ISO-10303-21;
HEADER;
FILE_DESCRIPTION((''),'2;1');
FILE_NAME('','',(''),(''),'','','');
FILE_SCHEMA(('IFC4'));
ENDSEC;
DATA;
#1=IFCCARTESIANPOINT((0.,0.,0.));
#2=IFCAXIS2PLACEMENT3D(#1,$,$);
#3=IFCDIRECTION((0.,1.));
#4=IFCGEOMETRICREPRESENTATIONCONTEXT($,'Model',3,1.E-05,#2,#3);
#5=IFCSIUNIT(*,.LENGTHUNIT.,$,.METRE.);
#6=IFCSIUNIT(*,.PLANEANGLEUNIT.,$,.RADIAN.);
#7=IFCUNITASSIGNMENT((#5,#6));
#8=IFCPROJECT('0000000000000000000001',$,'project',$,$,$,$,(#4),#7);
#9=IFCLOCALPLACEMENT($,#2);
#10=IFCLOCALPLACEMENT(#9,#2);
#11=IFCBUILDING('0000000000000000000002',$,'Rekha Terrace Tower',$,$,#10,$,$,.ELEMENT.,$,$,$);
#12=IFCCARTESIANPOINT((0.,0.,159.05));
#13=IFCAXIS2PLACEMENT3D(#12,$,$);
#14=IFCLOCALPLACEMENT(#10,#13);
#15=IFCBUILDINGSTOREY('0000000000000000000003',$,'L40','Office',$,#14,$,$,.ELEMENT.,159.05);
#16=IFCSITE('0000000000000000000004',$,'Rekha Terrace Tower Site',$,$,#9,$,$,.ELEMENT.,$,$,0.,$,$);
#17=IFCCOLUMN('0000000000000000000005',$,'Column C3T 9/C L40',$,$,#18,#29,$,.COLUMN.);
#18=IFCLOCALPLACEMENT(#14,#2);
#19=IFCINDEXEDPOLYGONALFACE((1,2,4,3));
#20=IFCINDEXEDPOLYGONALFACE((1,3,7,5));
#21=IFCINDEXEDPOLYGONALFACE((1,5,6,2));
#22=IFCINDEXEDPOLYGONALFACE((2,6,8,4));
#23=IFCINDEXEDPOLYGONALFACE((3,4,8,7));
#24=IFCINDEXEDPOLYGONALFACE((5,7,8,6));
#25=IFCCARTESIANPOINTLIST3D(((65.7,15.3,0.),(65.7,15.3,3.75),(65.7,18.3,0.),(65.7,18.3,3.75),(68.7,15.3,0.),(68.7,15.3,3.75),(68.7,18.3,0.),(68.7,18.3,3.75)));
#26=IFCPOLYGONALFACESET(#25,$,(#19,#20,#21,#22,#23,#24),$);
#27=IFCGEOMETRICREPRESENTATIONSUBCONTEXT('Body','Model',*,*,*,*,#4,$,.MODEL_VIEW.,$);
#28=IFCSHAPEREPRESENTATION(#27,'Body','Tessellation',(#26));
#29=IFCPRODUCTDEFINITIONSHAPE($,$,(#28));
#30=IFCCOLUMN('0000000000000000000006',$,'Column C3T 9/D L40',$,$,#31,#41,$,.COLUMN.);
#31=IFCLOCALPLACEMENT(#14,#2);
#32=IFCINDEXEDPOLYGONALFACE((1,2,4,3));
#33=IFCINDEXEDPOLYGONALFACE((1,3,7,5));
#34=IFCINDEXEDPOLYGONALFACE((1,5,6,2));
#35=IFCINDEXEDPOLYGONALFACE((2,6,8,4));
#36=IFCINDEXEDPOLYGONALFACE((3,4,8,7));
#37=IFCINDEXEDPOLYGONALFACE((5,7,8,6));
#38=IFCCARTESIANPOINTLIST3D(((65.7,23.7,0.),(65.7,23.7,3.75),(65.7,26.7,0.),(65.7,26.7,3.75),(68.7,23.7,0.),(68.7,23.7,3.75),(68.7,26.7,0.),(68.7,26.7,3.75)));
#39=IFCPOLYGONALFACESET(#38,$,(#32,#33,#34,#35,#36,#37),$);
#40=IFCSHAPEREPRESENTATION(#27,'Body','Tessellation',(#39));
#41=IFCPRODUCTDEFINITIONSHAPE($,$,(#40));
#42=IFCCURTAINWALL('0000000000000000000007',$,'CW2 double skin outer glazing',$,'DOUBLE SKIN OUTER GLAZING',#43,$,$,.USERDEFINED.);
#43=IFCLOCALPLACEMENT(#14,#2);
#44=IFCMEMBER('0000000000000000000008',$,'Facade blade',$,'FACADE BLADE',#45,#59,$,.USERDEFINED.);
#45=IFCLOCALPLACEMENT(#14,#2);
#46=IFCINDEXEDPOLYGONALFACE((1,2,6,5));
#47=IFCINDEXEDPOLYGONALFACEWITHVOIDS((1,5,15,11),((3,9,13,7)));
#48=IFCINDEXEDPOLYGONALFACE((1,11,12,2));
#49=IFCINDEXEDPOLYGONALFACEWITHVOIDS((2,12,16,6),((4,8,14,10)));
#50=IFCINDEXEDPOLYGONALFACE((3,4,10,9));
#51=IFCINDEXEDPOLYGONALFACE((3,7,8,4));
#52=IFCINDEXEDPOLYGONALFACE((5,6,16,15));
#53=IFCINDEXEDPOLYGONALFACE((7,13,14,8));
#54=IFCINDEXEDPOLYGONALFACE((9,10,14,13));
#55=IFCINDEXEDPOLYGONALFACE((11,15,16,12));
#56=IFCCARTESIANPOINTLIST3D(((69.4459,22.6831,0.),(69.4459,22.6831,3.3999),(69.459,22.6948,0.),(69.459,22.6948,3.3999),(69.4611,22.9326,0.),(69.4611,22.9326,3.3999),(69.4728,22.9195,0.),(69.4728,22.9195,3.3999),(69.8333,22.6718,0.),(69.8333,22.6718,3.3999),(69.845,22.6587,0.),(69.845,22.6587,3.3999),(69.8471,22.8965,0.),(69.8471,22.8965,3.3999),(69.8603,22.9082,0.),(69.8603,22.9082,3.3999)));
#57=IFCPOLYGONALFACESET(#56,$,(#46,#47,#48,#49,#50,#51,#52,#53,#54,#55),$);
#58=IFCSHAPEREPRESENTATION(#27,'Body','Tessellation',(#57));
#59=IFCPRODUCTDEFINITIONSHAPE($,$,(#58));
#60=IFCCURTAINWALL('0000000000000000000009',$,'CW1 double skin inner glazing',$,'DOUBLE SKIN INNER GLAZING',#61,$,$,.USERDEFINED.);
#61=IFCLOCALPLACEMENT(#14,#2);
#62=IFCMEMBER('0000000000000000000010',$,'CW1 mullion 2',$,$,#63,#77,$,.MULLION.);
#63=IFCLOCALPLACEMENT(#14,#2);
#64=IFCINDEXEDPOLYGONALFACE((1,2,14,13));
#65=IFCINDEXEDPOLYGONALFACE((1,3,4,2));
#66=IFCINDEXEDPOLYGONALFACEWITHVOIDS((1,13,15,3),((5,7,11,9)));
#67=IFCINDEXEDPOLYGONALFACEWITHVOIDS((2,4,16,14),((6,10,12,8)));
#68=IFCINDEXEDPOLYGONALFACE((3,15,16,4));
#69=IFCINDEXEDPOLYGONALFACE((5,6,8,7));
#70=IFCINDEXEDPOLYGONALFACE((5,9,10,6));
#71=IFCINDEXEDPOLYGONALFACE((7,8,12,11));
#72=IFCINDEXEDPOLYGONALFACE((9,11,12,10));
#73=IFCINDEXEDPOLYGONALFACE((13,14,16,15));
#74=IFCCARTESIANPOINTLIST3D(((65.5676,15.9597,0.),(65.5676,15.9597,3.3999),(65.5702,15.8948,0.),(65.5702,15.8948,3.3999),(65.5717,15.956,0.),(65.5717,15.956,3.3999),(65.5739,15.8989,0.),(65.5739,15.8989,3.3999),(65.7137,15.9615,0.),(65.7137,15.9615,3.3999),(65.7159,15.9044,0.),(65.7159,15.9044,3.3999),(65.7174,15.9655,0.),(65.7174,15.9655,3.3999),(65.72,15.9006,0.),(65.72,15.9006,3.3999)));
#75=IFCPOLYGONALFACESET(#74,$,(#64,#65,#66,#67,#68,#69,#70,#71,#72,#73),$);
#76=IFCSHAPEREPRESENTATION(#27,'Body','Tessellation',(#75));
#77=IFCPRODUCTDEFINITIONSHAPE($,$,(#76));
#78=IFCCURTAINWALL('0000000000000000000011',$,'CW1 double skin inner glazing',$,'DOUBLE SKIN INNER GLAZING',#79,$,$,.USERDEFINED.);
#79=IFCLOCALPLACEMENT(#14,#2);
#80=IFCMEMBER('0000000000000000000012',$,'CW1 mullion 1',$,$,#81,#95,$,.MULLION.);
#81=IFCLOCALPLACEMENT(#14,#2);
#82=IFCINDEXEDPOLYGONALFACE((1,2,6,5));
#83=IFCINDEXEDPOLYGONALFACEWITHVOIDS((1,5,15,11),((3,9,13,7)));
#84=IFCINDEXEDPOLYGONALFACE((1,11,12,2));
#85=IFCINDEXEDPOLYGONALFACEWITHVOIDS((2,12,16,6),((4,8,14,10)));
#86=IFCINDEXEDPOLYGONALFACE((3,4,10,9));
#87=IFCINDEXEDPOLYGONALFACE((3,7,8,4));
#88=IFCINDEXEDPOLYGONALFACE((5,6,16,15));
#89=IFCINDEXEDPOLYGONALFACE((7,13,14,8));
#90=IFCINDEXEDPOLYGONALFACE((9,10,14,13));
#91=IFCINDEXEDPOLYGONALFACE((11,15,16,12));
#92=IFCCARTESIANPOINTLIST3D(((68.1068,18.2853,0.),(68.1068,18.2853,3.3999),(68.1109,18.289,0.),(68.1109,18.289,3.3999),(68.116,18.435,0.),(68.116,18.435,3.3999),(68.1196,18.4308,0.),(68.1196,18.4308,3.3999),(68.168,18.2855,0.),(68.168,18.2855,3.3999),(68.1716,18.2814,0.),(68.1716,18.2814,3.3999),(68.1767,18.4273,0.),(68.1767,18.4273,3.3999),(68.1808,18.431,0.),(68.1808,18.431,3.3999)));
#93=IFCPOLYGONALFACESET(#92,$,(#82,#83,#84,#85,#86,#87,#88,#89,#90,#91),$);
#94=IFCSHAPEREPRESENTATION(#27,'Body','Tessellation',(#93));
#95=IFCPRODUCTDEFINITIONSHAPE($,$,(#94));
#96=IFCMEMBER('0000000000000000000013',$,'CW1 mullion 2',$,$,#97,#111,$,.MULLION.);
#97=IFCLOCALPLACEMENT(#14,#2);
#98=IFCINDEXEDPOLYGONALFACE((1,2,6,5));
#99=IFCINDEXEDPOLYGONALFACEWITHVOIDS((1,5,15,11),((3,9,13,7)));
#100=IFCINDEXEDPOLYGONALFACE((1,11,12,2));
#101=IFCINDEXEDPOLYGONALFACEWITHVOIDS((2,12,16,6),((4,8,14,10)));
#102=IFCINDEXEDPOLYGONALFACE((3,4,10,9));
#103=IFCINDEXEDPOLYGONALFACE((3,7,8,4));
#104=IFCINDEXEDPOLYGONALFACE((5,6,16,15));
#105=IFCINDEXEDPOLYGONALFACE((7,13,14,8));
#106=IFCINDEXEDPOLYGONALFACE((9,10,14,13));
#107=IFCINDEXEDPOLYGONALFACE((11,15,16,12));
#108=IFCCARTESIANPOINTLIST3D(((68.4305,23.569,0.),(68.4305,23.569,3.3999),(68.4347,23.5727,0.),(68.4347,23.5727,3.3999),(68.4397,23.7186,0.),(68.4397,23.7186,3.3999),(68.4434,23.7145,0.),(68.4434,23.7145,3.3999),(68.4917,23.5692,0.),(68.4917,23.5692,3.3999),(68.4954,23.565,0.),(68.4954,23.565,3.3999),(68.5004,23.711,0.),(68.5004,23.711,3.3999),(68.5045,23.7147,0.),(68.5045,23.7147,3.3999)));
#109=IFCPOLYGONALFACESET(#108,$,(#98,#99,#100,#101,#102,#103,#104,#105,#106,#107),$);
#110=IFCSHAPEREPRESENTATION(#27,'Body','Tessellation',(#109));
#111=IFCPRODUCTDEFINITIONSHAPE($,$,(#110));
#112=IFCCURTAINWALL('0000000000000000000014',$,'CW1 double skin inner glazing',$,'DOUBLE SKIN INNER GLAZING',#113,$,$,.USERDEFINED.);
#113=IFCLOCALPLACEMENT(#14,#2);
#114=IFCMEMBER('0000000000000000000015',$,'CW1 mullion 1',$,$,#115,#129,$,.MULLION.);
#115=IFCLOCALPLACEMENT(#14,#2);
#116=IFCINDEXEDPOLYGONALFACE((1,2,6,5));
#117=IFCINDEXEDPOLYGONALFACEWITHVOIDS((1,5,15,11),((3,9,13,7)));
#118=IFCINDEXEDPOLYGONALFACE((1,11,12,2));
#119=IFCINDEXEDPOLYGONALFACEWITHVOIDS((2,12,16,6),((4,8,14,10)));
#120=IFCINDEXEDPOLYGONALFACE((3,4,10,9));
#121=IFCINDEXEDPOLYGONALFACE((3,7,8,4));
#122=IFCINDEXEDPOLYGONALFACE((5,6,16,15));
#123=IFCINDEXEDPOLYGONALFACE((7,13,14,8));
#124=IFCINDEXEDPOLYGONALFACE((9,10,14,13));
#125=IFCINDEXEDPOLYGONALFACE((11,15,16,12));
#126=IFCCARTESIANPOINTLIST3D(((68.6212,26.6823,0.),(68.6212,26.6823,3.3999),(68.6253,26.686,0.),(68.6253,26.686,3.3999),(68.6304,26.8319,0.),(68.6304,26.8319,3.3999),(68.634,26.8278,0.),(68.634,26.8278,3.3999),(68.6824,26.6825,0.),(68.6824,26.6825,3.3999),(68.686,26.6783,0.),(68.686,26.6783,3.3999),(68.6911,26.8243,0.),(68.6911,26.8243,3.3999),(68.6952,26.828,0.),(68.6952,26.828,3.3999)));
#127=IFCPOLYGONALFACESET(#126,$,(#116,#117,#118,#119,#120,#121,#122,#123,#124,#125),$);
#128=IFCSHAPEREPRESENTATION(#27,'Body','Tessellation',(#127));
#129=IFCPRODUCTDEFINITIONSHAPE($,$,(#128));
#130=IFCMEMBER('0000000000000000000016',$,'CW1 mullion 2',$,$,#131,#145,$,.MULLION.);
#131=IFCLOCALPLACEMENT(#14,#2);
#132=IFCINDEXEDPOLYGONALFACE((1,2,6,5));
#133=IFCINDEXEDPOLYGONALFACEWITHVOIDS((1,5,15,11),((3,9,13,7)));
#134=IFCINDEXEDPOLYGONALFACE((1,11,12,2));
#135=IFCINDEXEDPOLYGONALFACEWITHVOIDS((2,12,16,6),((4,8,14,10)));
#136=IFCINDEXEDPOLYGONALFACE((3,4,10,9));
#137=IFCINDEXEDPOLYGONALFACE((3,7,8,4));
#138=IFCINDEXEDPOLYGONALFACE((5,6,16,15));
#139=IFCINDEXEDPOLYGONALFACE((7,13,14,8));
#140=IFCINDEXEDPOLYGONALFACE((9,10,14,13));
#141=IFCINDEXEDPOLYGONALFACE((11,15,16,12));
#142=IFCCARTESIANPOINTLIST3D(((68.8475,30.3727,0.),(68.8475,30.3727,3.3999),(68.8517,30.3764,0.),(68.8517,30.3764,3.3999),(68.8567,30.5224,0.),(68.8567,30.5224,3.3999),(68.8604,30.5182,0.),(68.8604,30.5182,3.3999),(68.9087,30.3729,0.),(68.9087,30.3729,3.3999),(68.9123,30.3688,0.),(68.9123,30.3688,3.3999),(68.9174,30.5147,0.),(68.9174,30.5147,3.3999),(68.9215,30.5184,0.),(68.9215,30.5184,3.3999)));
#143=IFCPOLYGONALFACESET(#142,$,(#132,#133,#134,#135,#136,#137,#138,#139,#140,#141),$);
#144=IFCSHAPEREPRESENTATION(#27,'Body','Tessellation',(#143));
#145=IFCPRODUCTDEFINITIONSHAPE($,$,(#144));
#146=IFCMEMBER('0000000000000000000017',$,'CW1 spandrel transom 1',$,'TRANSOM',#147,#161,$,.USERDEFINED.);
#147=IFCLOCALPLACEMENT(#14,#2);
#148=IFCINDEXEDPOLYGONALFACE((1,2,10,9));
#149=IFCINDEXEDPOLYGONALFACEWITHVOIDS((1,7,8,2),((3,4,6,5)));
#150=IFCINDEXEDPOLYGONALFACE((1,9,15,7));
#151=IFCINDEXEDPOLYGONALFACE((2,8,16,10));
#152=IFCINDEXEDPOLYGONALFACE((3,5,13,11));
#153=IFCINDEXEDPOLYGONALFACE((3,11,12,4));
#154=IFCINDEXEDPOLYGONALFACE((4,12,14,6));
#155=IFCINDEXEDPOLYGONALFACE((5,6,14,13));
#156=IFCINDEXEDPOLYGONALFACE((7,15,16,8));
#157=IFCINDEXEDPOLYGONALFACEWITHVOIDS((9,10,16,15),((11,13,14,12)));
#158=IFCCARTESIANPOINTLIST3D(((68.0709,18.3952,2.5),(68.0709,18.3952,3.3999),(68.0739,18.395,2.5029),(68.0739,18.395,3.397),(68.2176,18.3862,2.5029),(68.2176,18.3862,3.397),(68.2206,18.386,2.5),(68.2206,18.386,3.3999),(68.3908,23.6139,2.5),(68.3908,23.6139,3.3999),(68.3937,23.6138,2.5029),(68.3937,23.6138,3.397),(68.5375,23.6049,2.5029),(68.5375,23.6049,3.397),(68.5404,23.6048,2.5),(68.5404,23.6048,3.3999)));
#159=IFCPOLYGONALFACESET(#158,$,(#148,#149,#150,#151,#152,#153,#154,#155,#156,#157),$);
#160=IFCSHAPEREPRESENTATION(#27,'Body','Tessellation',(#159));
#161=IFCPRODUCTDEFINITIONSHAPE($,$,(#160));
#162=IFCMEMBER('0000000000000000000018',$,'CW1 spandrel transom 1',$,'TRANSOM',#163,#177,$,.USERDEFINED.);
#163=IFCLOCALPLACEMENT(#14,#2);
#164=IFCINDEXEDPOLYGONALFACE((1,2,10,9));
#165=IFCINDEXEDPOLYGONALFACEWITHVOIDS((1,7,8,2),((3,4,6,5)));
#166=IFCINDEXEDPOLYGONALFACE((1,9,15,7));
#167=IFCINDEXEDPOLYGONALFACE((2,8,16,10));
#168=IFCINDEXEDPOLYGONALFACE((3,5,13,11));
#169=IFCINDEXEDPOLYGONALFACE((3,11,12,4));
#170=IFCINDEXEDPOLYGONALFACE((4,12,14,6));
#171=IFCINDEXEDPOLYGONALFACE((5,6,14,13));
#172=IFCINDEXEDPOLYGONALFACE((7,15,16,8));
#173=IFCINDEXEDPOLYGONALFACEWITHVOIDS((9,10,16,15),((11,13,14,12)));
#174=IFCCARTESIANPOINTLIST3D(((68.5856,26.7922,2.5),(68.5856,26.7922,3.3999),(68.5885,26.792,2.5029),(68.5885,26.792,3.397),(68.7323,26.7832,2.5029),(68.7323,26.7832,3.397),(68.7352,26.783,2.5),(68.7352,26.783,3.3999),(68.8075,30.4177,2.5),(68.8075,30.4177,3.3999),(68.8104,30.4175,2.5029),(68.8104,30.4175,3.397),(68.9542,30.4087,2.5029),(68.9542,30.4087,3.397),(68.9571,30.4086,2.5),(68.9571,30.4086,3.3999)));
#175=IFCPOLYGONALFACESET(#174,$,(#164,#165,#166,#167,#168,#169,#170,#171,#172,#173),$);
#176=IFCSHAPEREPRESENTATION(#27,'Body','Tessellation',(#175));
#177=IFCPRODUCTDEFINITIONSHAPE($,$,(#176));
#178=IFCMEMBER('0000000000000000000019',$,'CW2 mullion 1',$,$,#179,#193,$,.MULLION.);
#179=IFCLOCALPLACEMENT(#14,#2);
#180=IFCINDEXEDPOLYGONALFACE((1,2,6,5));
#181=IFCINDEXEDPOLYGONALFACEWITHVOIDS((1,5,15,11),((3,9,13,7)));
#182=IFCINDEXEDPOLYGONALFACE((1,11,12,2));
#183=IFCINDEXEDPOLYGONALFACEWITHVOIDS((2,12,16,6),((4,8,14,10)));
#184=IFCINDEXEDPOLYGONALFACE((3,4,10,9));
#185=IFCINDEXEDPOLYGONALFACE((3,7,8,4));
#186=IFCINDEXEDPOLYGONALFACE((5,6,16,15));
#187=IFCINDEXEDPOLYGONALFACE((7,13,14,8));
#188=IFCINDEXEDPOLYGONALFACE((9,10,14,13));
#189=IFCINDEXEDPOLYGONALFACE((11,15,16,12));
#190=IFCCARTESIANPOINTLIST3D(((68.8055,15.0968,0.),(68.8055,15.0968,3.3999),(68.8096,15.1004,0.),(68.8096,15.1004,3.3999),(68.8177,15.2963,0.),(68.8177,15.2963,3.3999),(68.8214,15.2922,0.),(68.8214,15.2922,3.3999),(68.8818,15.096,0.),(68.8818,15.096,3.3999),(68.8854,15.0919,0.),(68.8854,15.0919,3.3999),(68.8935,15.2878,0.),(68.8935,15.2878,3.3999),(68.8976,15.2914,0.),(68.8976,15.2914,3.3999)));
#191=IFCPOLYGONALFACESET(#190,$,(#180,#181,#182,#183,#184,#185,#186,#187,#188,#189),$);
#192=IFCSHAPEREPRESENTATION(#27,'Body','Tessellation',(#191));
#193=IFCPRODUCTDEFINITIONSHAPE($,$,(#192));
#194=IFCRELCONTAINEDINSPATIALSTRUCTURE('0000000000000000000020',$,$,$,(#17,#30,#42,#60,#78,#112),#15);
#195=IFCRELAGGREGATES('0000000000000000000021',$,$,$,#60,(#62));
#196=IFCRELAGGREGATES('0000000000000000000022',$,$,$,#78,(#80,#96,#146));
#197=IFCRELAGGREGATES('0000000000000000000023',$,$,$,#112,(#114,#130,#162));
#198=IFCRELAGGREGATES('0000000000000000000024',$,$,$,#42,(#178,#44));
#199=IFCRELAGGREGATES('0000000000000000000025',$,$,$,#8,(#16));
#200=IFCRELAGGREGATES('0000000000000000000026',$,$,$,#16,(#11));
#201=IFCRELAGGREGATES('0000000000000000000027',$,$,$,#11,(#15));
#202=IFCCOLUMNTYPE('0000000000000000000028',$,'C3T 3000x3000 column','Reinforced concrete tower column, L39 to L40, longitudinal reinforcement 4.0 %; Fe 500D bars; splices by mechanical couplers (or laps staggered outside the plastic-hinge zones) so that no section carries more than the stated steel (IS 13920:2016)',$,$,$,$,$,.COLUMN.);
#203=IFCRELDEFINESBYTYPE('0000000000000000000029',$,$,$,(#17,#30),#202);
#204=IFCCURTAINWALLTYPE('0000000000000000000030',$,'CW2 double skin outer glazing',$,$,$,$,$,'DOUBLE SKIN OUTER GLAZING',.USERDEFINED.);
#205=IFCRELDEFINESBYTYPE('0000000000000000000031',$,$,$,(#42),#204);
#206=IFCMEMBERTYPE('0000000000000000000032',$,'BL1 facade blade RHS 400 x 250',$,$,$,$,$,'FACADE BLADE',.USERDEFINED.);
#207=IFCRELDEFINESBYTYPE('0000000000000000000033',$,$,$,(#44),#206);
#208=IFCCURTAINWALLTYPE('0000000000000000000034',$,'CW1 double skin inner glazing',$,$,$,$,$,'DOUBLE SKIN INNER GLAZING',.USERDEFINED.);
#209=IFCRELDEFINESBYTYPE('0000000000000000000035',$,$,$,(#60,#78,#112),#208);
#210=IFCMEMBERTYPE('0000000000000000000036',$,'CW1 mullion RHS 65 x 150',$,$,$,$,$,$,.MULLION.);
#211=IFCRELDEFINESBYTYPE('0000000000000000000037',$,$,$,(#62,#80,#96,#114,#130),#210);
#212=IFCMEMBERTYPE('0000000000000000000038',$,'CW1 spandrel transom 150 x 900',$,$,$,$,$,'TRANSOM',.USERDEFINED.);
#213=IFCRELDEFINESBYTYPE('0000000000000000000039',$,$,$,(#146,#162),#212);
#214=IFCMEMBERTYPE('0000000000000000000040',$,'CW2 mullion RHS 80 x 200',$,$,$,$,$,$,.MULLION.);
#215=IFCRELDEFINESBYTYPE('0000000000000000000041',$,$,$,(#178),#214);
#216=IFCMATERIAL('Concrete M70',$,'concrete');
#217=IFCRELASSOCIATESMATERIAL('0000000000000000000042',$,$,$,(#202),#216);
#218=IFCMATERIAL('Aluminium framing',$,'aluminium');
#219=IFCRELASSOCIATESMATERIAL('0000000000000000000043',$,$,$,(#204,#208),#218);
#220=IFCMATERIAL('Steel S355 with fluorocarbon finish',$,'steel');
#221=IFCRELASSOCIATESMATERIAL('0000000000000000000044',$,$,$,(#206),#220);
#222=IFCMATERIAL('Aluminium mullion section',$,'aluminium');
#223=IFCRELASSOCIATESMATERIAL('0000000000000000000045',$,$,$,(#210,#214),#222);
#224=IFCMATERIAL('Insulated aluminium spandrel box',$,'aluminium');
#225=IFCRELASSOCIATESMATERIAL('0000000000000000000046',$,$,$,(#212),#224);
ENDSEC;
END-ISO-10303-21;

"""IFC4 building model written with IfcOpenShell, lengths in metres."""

from ifc_helpers import new_model, si_unit, direction, frame, origin, origin_2d, place, context, subcontext, project, spatial, rectangle, hollow_rectangle, extrude, material, material_profile, profile_set, type_object, element, aggregate, save


model = new_model("IFC4")

# Units and contexts
model_context = context("Model", 3, precision=1e-05, world=origin(), true_north=direction((0.0, 1.0)))
body_context = subcontext(model_context, "Body", "Model", "MODEL_VIEW")
ifc_project = project(units=[si_unit("LENGTHUNIT", "METRE"), si_unit("PLANEANGLEUNIT", "RADIAN")], contexts=[model_context])

# Site, building, storey
site_placement = place(None, origin())
site = spatial("IfcSite", under=ifc_project, at=site_placement, Name="Rekha Terrace Tower Site", CompositionType="ELEMENT", RefElevation=0.0)
building_placement = place(site_placement, origin())
building = spatial("IfcBuilding", under=site, at=building_placement, Name="Rekha Terrace Tower", CompositionType="ELEMENT")
storey_placement = place(building_placement, frame((0.0, 0.0, 159.05)))
storey = spatial("IfcBuildingStorey", under=building, at=storey_placement, Name="L40", Description="Office", CompositionType="ELEMENT", Elevation=159.05)

# Columns
ifc_material_1 = material(Name="Concrete M70", Category="concrete")
ifc_material_profile_1 = material_profile(ifc_material_1, rectangle(XDim=3.0, YDim=3.0, at=origin_2d()), Name="RC 3000x3000")
ifc_profile_set_1 = profile_set([ifc_material_profile_1], Name="Concrete M70")
column_type = type_object("IfcColumnType", Name="C3T 3000x3000 column", Description="Reinforced concrete tower column, L39 to L40, longitudinal reinforcement 4.0 %; Fe 500D bars; splices by mechanical couplers (or laps staggered outside the plastic-hinge zones) so that no section carries more than the stated steel (IS 13920:2016)", PredefinedType="COLUMN", material=ifc_profile_set_1)
for number, where, z_axis, x_axis, name in (
    (1, (67.2, 16.8, 0.0), (0.0, 0.0, 1.0), (1.0, 0.0, 0.0), "Column C3T 9/C L40"),
    (2, (67.2, 25.2, 0.0), (0.0, 0.0, 1.0), (1.0, 0.0, 0.0), "Column C3T 9/D L40"),
):
    element("IfcColumn", number, at=place(storey_placement, frame(where, z_axis=z_axis, x_axis=x_axis)), inside=storey, type_object=column_type, Name=name, PredefinedType="COLUMN", context=body_context, shape_type="SweptSolid", body=[
        extrude(rectangle(XDim=3.0, YDim=3.0, at=origin_2d()), origin(), (0.0, 0.0, 1.0), 3.75),
    ])

# Curtain walls, members
ifc_material_2 = material(Name="Aluminium framing", Category="aluminium")
curtain_wall_type_1 = type_object("IfcCurtainWallType", Name="CW2 double skin outer glazing", ElementType="DOUBLE SKIN OUTER GLAZING", PredefinedType="USERDEFINED", material=ifc_material_2)
curtain_wall_1_placement = place(storey_placement, origin())
curtain_wall_1 = element("IfcCurtainWall", 3, at=curtain_wall_1_placement, inside=storey, type_object=curtain_wall_type_1, Name="CW2 double skin outer glazing", ObjectType="DOUBLE SKIN OUTER GLAZING", PredefinedType="USERDEFINED")
ifc_material_3 = material(Name="Steel S355 with fluorocarbon finish", Category="steel")
ifc_material_profile_2 = material_profile(ifc_material_3, hollow_rectangle(XDim=0.25, YDim=0.3999, WallThickness=0.0125, at=origin_2d()), Name="RHS400x250x12.5")
ifc_profile_set_2 = profile_set([ifc_material_profile_2], Name="Steel S355 with fluorocarbon finish")
member_type_1 = type_object("IfcMemberType", Name="BL1 facade blade RHS 400 x 250", ElementType="FACADE BLADE", PredefinedType="USERDEFINED", material=ifc_profile_set_2)
member_1_placement = place(storey_placement, frame((69.6531, 22.7957, 0.0), z_axis=(0.0, 0.0, 1.0), x_axis=(0.06116, 0.998128, 0.0)))
member_1 = element("IfcMember", 4, at=member_1_placement, type_object=member_type_1, Name="Facade blade", ObjectType="FACADE BLADE", PredefinedType="USERDEFINED", context=body_context, shape_type="SweptSolid", body=[
    extrude(hollow_rectangle(XDim=0.25, YDim=0.3999, WallThickness=0.0125, at=origin_2d()), origin(), (0.0, 0.0, 1.0), 3.3999),
])
curtain_wall_type_2 = type_object("IfcCurtainWallType", Name="CW1 double skin inner glazing", ElementType="DOUBLE SKIN INNER GLAZING", PredefinedType="USERDEFINED", material=ifc_material_2)
curtain_wall_2_placement = place(storey_placement, origin())
curtain_wall_2 = element("IfcCurtainWall", 5, at=curtain_wall_2_placement, inside=storey, type_object=curtain_wall_type_2, Name="CW1 double skin inner glazing", ObjectType="DOUBLE SKIN INNER GLAZING", PredefinedType="USERDEFINED")
ifc_material_4 = material(Name="Aluminium mullion section", Category="aluminium")
ifc_material_profile_3 = material_profile(ifc_material_4, hollow_rectangle(XDim=0.0649, YDim=0.1499, WallThickness=0.0039, at=origin_2d()), Name="AL RHS 65x150")
ifc_profile_set_3 = profile_set([ifc_material_profile_3], Name="Aluminium mullion section")
member_type_2 = type_object("IfcMemberType", Name="CW1 mullion RHS 65 x 150", PredefinedType="MULLION", material=ifc_profile_set_3)
member_2_placement = place(storey_placement, frame((65.6438, 15.9302, 0.0), z_axis=(0.0, 0.0, 1.0), x_axis=(-0.03889, 0.999243, 0.0)))
member_2 = element("IfcMember", 6, at=member_2_placement, type_object=member_type_2, Name="CW1 mullion 2", PredefinedType="MULLION", context=body_context, shape_type="SweptSolid", body=[
    extrude(hollow_rectangle(XDim=0.0649, YDim=0.1499, WallThickness=0.0039, at=origin_2d()), origin(), (0.0, 0.0, 1.0), 3.3999),
])

# Curtain walls, members
curtain_wall_3_placement = place(storey_placement, origin())
curtain_wall_3 = element("IfcCurtainWall", 7, at=curtain_wall_3_placement, inside=storey, type_object=curtain_wall_type_2, Name="CW1 double skin inner glazing", ObjectType="DOUBLE SKIN INNER GLAZING", PredefinedType="USERDEFINED")
member_3_placement = place(storey_placement, frame((68.1438, 18.3582, 0.0), z_axis=(0.0, 0.0, 1.0), x_axis=(-0.998128, 0.06116, 0.0)))
member_3 = element("IfcMember", 8, at=member_3_placement, type_object=member_type_2, Name="CW1 mullion 1", PredefinedType="MULLION", context=body_context, shape_type="SweptSolid", body=[
    extrude(hollow_rectangle(XDim=0.0649, YDim=0.1499, WallThickness=0.0039, at=origin_2d()), origin(), (0.0, 0.0, 1.0), 3.3999),
])
member_4_placement = place(storey_placement, frame((68.4675, 23.6418, 0.0), z_axis=(0.0, 0.0, 1.0), x_axis=(-0.998128, 0.06116, 0.0)))
member_4 = element("IfcMember", 9, at=member_4_placement, type_object=member_type_2, Name="CW1 mullion 2", PredefinedType="MULLION", context=body_context, shape_type="SweptSolid", body=[
    extrude(hollow_rectangle(XDim=0.0649, YDim=0.1499, WallThickness=0.0039, at=origin_2d()), origin(), (0.0, 0.0, 1.0), 3.3999),
])
curtain_wall_4_placement = place(storey_placement, origin())
curtain_wall_4 = element("IfcCurtainWall", 10, at=curtain_wall_4_placement, inside=storey, type_object=curtain_wall_type_2, Name="CW1 double skin inner glazing", ObjectType="DOUBLE SKIN INNER GLAZING", PredefinedType="USERDEFINED")
member_5_placement = place(storey_placement, frame((68.6582, 26.7551, 0.0), z_axis=(0.0, 0.0, 1.0), x_axis=(-0.998128, 0.06116, 0.0)))
member_5 = element("IfcMember", 11, at=member_5_placement, type_object=member_type_2, Name="CW1 mullion 1", PredefinedType="MULLION", context=body_context, shape_type="SweptSolid", body=[
    extrude(hollow_rectangle(XDim=0.0649, YDim=0.1499, WallThickness=0.0039, at=origin_2d()), origin(), (0.0, 0.0, 1.0), 3.3999),
])
member_6_placement = place(storey_placement, frame((68.8845, 30.4456, 0.0), z_axis=(0.0, 0.0, 1.0), x_axis=(-0.998128, 0.06116, 0.0)))
member_6 = element("IfcMember", 12, at=member_6_placement, type_object=member_type_2, Name="CW1 mullion 2", PredefinedType="MULLION", context=body_context, shape_type="SweptSolid", body=[
    extrude(hollow_rectangle(XDim=0.0649, YDim=0.1499, WallThickness=0.0039, at=origin_2d()), origin(), (0.0, 0.0, 1.0), 3.3999),
])

# Members
ifc_material_5 = material(Name="Insulated aluminium spandrel box", Category="aluminium")
ifc_material_profile_4 = material_profile(ifc_material_5, hollow_rectangle(XDim=0.1499, YDim=0.8999, WallThickness=0.0029, at=origin_2d()), Name="AL SPANDREL BOX 150x900")
ifc_profile_set_4 = profile_set([ifc_material_profile_4], Name="Insulated aluminium spandrel box")
member_type_3 = type_object("IfcMemberType", Name="CW1 spandrel transom 150 x 900", ElementType="TRANSOM", PredefinedType="USERDEFINED", material=ifc_profile_set_4)
member_7_placement = place(storey_placement, frame((68.1458, 18.3906, 2.95), z_axis=(0.061169, 0.998127, 0.0), x_axis=(-0.998127, 0.061169, 0.0)))
member_7 = element("IfcMember", 13, at=member_7_placement, type_object=member_type_3, Name="CW1 spandrel transom 1", ObjectType="TRANSOM", PredefinedType="USERDEFINED", context=body_context, shape_type="SweptSolid", body=[
    extrude(hollow_rectangle(XDim=0.1499, YDim=0.8999, WallThickness=0.0029, at=origin_2d()), origin(), (0.0, 0.0, 1.0), 5.2285),
])
member_8_placement = place(storey_placement, frame((68.6604, 26.7876, 2.95), z_axis=(0.061098, 0.998132, 0.0), x_axis=(-0.998132, 0.061098, 0.0)))
member_8 = element("IfcMember", 14, at=member_8_placement, type_object=member_type_3, Name="CW1 spandrel transom 1", ObjectType="TRANSOM", PredefinedType="USERDEFINED", context=body_context, shape_type="SweptSolid", body=[
    extrude(hollow_rectangle(XDim=0.1499, YDim=0.8999, WallThickness=0.0029, at=origin_2d()), origin(), (0.0, 0.0, 1.0), 3.6323),
])
ifc_material_profile_5 = material_profile(ifc_material_4, hollow_rectangle(XDim=0.0801, YDim=0.2, WallThickness=0.0039, at=origin_2d()), Name="AL RHS 80x200")
ifc_profile_set_5 = profile_set([ifc_material_profile_5], Name="Aluminium mullion section")
member_type_4 = type_object("IfcMemberType", Name="CW2 mullion RHS 80 x 200", PredefinedType="MULLION", material=ifc_profile_set_5)
member_9_placement = place(storey_placement, frame((68.8516, 15.1941, 0.0), z_axis=(0.0, 0.0, 1.0), x_axis=(-0.998128, 0.06116, 0.0)))
member_9 = element("IfcMember", 15, at=member_9_placement, type_object=member_type_4, Name="CW2 mullion 1", PredefinedType="MULLION", context=body_context, shape_type="SweptSolid", body=[
    extrude(hollow_rectangle(XDim=0.0801, YDim=0.2, WallThickness=0.0039, at=origin_2d()), origin(), (0.0, 0.0, 1.0), 3.3999),
])

aggregate(curtain_wall_2, [member_2])
aggregate(curtain_wall_3, [member_3, member_4, member_7])
aggregate(curtain_wall_4, [member_5, member_6, member_8])

aggregate(curtain_wall_1, [member_9, member_1])

save(model, "model.ifc")
